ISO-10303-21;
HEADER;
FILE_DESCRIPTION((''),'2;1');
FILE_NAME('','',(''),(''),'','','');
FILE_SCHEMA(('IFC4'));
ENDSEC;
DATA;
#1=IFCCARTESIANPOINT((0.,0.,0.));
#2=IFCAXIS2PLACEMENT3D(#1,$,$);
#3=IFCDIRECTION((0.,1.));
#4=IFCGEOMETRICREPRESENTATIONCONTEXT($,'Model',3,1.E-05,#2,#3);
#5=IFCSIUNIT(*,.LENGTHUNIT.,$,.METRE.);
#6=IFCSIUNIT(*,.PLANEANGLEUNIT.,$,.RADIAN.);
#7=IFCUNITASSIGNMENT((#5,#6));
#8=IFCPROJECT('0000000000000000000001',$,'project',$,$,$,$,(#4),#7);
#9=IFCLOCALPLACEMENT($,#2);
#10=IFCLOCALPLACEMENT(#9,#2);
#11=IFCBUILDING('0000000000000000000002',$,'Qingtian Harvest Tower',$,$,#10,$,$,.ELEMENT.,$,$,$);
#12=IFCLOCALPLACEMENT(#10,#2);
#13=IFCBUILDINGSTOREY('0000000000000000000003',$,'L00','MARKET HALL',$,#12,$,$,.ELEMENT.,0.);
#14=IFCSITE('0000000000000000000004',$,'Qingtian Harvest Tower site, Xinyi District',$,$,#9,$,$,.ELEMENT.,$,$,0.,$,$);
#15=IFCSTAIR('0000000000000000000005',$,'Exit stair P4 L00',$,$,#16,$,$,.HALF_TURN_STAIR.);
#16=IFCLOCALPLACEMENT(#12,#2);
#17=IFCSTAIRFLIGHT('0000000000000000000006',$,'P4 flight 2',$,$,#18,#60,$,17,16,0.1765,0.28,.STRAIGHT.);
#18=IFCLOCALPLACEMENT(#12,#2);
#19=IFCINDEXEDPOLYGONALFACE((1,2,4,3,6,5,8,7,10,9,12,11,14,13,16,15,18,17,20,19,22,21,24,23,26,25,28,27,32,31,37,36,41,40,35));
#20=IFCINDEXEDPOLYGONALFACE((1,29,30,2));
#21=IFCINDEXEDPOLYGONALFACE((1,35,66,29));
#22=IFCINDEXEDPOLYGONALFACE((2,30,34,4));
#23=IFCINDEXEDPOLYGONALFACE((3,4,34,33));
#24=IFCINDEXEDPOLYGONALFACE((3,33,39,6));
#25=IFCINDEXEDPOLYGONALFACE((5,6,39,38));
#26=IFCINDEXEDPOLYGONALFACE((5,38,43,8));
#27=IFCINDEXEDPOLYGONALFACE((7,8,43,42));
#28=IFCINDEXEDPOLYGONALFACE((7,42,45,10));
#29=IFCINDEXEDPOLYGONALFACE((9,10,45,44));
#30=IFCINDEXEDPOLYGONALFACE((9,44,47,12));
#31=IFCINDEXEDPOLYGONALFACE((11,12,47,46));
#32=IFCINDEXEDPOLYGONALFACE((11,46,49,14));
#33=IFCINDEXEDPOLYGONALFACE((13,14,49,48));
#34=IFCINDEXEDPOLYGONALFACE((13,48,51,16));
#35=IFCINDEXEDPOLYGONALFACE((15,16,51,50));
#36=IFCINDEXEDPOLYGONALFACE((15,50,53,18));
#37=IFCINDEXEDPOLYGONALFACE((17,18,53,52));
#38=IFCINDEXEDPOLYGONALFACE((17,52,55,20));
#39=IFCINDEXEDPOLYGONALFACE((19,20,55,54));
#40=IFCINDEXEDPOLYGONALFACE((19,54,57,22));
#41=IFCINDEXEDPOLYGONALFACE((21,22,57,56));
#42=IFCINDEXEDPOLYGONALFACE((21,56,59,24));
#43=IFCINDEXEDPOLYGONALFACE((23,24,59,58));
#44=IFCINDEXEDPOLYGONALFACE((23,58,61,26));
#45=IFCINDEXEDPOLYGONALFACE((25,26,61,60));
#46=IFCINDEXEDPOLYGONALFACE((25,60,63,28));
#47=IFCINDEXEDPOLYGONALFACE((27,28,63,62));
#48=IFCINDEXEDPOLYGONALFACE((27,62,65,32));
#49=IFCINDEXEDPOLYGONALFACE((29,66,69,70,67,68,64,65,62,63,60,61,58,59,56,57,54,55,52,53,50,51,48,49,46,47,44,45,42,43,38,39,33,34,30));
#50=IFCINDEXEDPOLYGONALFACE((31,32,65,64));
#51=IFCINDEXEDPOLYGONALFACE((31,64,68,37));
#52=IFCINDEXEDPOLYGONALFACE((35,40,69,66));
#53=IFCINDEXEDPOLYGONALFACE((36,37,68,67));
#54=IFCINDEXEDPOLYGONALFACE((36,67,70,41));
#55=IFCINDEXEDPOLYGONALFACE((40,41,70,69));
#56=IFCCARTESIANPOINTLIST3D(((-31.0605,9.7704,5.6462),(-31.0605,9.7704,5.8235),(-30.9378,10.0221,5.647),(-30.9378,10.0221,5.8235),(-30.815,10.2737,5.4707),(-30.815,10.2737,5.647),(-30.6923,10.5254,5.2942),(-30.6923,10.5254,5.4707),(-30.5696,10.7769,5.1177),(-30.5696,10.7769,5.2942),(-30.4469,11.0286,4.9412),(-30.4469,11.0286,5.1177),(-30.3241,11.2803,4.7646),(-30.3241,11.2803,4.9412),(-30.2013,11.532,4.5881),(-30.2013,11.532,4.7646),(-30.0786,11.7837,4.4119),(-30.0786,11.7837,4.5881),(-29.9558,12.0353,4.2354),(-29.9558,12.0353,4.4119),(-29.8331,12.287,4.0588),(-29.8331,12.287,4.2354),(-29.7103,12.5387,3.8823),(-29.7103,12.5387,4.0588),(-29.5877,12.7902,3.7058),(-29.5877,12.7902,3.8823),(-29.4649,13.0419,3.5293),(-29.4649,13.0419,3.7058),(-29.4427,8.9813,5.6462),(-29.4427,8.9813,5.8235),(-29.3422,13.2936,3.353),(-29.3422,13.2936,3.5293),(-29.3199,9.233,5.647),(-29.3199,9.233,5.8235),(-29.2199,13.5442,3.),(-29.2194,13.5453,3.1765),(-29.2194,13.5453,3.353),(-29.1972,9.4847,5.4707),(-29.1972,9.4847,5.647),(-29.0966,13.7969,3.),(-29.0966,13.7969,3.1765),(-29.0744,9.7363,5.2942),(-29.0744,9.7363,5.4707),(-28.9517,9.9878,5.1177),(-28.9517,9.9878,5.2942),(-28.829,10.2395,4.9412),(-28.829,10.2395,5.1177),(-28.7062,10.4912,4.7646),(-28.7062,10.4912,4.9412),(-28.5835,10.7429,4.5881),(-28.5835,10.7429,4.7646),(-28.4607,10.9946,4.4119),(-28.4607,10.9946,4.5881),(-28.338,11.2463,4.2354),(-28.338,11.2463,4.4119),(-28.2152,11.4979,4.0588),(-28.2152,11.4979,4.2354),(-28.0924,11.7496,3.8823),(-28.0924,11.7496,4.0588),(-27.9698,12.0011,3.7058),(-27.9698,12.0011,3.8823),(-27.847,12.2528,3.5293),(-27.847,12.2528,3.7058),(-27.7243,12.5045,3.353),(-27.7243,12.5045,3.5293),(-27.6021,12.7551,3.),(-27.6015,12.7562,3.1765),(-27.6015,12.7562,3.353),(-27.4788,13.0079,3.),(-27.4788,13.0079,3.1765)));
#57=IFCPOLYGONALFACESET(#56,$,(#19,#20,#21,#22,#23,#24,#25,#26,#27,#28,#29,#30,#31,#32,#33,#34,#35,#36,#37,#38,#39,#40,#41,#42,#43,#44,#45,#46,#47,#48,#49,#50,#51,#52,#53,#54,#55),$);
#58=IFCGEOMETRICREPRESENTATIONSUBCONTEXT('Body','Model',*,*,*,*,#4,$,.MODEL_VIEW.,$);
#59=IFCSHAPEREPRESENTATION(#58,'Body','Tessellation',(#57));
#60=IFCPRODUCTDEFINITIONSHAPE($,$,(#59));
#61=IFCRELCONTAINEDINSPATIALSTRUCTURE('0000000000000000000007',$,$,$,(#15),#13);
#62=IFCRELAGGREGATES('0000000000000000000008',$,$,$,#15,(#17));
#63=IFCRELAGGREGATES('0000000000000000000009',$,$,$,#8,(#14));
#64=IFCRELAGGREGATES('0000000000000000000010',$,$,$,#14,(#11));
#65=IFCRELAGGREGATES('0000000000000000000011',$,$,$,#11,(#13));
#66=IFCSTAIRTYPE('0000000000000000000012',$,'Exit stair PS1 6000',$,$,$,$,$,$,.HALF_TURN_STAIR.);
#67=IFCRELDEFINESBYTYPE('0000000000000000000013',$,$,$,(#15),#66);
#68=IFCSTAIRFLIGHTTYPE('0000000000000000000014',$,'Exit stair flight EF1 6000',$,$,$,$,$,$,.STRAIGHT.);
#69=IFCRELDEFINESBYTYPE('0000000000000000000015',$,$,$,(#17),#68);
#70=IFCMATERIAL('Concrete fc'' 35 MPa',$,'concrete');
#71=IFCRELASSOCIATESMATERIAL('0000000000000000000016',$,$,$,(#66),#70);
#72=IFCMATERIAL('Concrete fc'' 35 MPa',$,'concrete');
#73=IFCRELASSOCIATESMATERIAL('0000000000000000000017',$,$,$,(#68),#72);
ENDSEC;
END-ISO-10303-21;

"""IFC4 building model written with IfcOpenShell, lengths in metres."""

from ifc_helpers import new_model, si_unit, direction, frame, origin, place, context, subcontext, project, spatial, polyline, outline, extrude, material, type_object, element, aggregate, save


model = new_model("IFC4")

# Units and contexts
model_context = context("Model", 3, precision=1e-05, world=origin(), true_north=direction((0.0, 1.0)))
body_context = subcontext(model_context, "Body", "Model", "MODEL_VIEW")
ifc_project = project(units=[si_unit("LENGTHUNIT", "METRE"), si_unit("PLANEANGLEUNIT", "RADIAN")], contexts=[model_context])

# Site, building, storey
site_placement = place(None, origin())
site = spatial("IfcSite", under=ifc_project, at=site_placement, Name="Qingtian Harvest Tower site, Xinyi District", CompositionType="ELEMENT", RefElevation=0.0)
building_placement = place(site_placement, origin())
building = spatial("IfcBuilding", under=site, at=building_placement, Name="Qingtian Harvest Tower", CompositionType="ELEMENT")
storey_placement = place(building_placement, origin())
storey = spatial("IfcBuildingStorey", under=building, at=storey_placement, Name="L00", Description="MARKET HALL", CompositionType="ELEMENT", Elevation=0.0)

# Stair, stair flight
ifc_material_1 = material(Name="Concrete fc' 35 MPa", Category="concrete")
stair_type = type_object("IfcStairType", Name="Exit stair PS1 6000", PredefinedType="HALF_TURN_STAIR", material=ifc_material_1)
stair_placement = place(storey_placement, origin())
stair = element("IfcStair", 1, at=stair_placement, inside=storey, type_object=stair_type, Name="Exit stair P4 L00", PredefinedType="HALF_TURN_STAIR")
ifc_material_2 = material(Name="Concrete fc' 35 MPa", Category="concrete")
stair_flight_type = type_object("IfcStairFlightType", Name="Exit stair flight EF1 6000", PredefinedType="STRAIGHT", material=ifc_material_2)
stair_flight_1_placement = place(storey_placement, frame((-28.2876, 13.4023, 3.0), z_axis=(0.0, 0.0, 1.0), x_axis=(-0.438371, -0.898794, 0.0)))
stair_flight_1 = element("IfcStairFlight", 2, at=stair_flight_1_placement, type_object=stair_flight_type, Name="P4 flight 2", NumberOfRisers=17, NumberOfTreads=16, PredefinedType="STRAIGHT", RiserHeight=0.1765, TreadLength=0.28, context=body_context, shape_type="SweptSolid", body=[
    extrude(outline(polyline([(0.0, 0.0), (0.0, 0.1765), (0.28, 0.1765), (0.28, 0.353), (0.5601, 0.353), (0.5601, 0.5293), (0.8401, 0.5293), (0.8401, 0.7058), (1.1201, 0.7058), (1.1201, 0.8823), (1.3999, 0.8823), (1.3999, 1.0588), (1.6799, 1.0588), (1.6799, 1.2354), (1.96, 1.2354), (1.96, 1.4119), (2.24, 1.4119), (2.24, 1.5881), (2.52, 1.5881), (2.52, 1.7646), (2.8, 1.7646), (2.8, 1.9412), (3.0801, 1.9412), (3.0801, 2.1177), (3.3601, 2.1177), (3.3601, 2.2942), (3.6399, 2.2942), (3.6399, 2.4707), (3.9199, 2.4707), (3.9199, 2.647), (4.2, 2.647), (4.2, 2.8235), (4.48, 2.8235), (4.48, 3.0), (4.48, 2.6462), (0.2812, 0.0), (0.0, 0.0)])), frame((0.0, 0.8999, 0.0), z_axis=(0.0, -1.0, 0.0), x_axis=(1.0, 0.0, 0.0)), (0.0, 0.0, 1.0), 1.8),
])
aggregate(stair, [stair_flight_1])

save(model, "model.ifc")
